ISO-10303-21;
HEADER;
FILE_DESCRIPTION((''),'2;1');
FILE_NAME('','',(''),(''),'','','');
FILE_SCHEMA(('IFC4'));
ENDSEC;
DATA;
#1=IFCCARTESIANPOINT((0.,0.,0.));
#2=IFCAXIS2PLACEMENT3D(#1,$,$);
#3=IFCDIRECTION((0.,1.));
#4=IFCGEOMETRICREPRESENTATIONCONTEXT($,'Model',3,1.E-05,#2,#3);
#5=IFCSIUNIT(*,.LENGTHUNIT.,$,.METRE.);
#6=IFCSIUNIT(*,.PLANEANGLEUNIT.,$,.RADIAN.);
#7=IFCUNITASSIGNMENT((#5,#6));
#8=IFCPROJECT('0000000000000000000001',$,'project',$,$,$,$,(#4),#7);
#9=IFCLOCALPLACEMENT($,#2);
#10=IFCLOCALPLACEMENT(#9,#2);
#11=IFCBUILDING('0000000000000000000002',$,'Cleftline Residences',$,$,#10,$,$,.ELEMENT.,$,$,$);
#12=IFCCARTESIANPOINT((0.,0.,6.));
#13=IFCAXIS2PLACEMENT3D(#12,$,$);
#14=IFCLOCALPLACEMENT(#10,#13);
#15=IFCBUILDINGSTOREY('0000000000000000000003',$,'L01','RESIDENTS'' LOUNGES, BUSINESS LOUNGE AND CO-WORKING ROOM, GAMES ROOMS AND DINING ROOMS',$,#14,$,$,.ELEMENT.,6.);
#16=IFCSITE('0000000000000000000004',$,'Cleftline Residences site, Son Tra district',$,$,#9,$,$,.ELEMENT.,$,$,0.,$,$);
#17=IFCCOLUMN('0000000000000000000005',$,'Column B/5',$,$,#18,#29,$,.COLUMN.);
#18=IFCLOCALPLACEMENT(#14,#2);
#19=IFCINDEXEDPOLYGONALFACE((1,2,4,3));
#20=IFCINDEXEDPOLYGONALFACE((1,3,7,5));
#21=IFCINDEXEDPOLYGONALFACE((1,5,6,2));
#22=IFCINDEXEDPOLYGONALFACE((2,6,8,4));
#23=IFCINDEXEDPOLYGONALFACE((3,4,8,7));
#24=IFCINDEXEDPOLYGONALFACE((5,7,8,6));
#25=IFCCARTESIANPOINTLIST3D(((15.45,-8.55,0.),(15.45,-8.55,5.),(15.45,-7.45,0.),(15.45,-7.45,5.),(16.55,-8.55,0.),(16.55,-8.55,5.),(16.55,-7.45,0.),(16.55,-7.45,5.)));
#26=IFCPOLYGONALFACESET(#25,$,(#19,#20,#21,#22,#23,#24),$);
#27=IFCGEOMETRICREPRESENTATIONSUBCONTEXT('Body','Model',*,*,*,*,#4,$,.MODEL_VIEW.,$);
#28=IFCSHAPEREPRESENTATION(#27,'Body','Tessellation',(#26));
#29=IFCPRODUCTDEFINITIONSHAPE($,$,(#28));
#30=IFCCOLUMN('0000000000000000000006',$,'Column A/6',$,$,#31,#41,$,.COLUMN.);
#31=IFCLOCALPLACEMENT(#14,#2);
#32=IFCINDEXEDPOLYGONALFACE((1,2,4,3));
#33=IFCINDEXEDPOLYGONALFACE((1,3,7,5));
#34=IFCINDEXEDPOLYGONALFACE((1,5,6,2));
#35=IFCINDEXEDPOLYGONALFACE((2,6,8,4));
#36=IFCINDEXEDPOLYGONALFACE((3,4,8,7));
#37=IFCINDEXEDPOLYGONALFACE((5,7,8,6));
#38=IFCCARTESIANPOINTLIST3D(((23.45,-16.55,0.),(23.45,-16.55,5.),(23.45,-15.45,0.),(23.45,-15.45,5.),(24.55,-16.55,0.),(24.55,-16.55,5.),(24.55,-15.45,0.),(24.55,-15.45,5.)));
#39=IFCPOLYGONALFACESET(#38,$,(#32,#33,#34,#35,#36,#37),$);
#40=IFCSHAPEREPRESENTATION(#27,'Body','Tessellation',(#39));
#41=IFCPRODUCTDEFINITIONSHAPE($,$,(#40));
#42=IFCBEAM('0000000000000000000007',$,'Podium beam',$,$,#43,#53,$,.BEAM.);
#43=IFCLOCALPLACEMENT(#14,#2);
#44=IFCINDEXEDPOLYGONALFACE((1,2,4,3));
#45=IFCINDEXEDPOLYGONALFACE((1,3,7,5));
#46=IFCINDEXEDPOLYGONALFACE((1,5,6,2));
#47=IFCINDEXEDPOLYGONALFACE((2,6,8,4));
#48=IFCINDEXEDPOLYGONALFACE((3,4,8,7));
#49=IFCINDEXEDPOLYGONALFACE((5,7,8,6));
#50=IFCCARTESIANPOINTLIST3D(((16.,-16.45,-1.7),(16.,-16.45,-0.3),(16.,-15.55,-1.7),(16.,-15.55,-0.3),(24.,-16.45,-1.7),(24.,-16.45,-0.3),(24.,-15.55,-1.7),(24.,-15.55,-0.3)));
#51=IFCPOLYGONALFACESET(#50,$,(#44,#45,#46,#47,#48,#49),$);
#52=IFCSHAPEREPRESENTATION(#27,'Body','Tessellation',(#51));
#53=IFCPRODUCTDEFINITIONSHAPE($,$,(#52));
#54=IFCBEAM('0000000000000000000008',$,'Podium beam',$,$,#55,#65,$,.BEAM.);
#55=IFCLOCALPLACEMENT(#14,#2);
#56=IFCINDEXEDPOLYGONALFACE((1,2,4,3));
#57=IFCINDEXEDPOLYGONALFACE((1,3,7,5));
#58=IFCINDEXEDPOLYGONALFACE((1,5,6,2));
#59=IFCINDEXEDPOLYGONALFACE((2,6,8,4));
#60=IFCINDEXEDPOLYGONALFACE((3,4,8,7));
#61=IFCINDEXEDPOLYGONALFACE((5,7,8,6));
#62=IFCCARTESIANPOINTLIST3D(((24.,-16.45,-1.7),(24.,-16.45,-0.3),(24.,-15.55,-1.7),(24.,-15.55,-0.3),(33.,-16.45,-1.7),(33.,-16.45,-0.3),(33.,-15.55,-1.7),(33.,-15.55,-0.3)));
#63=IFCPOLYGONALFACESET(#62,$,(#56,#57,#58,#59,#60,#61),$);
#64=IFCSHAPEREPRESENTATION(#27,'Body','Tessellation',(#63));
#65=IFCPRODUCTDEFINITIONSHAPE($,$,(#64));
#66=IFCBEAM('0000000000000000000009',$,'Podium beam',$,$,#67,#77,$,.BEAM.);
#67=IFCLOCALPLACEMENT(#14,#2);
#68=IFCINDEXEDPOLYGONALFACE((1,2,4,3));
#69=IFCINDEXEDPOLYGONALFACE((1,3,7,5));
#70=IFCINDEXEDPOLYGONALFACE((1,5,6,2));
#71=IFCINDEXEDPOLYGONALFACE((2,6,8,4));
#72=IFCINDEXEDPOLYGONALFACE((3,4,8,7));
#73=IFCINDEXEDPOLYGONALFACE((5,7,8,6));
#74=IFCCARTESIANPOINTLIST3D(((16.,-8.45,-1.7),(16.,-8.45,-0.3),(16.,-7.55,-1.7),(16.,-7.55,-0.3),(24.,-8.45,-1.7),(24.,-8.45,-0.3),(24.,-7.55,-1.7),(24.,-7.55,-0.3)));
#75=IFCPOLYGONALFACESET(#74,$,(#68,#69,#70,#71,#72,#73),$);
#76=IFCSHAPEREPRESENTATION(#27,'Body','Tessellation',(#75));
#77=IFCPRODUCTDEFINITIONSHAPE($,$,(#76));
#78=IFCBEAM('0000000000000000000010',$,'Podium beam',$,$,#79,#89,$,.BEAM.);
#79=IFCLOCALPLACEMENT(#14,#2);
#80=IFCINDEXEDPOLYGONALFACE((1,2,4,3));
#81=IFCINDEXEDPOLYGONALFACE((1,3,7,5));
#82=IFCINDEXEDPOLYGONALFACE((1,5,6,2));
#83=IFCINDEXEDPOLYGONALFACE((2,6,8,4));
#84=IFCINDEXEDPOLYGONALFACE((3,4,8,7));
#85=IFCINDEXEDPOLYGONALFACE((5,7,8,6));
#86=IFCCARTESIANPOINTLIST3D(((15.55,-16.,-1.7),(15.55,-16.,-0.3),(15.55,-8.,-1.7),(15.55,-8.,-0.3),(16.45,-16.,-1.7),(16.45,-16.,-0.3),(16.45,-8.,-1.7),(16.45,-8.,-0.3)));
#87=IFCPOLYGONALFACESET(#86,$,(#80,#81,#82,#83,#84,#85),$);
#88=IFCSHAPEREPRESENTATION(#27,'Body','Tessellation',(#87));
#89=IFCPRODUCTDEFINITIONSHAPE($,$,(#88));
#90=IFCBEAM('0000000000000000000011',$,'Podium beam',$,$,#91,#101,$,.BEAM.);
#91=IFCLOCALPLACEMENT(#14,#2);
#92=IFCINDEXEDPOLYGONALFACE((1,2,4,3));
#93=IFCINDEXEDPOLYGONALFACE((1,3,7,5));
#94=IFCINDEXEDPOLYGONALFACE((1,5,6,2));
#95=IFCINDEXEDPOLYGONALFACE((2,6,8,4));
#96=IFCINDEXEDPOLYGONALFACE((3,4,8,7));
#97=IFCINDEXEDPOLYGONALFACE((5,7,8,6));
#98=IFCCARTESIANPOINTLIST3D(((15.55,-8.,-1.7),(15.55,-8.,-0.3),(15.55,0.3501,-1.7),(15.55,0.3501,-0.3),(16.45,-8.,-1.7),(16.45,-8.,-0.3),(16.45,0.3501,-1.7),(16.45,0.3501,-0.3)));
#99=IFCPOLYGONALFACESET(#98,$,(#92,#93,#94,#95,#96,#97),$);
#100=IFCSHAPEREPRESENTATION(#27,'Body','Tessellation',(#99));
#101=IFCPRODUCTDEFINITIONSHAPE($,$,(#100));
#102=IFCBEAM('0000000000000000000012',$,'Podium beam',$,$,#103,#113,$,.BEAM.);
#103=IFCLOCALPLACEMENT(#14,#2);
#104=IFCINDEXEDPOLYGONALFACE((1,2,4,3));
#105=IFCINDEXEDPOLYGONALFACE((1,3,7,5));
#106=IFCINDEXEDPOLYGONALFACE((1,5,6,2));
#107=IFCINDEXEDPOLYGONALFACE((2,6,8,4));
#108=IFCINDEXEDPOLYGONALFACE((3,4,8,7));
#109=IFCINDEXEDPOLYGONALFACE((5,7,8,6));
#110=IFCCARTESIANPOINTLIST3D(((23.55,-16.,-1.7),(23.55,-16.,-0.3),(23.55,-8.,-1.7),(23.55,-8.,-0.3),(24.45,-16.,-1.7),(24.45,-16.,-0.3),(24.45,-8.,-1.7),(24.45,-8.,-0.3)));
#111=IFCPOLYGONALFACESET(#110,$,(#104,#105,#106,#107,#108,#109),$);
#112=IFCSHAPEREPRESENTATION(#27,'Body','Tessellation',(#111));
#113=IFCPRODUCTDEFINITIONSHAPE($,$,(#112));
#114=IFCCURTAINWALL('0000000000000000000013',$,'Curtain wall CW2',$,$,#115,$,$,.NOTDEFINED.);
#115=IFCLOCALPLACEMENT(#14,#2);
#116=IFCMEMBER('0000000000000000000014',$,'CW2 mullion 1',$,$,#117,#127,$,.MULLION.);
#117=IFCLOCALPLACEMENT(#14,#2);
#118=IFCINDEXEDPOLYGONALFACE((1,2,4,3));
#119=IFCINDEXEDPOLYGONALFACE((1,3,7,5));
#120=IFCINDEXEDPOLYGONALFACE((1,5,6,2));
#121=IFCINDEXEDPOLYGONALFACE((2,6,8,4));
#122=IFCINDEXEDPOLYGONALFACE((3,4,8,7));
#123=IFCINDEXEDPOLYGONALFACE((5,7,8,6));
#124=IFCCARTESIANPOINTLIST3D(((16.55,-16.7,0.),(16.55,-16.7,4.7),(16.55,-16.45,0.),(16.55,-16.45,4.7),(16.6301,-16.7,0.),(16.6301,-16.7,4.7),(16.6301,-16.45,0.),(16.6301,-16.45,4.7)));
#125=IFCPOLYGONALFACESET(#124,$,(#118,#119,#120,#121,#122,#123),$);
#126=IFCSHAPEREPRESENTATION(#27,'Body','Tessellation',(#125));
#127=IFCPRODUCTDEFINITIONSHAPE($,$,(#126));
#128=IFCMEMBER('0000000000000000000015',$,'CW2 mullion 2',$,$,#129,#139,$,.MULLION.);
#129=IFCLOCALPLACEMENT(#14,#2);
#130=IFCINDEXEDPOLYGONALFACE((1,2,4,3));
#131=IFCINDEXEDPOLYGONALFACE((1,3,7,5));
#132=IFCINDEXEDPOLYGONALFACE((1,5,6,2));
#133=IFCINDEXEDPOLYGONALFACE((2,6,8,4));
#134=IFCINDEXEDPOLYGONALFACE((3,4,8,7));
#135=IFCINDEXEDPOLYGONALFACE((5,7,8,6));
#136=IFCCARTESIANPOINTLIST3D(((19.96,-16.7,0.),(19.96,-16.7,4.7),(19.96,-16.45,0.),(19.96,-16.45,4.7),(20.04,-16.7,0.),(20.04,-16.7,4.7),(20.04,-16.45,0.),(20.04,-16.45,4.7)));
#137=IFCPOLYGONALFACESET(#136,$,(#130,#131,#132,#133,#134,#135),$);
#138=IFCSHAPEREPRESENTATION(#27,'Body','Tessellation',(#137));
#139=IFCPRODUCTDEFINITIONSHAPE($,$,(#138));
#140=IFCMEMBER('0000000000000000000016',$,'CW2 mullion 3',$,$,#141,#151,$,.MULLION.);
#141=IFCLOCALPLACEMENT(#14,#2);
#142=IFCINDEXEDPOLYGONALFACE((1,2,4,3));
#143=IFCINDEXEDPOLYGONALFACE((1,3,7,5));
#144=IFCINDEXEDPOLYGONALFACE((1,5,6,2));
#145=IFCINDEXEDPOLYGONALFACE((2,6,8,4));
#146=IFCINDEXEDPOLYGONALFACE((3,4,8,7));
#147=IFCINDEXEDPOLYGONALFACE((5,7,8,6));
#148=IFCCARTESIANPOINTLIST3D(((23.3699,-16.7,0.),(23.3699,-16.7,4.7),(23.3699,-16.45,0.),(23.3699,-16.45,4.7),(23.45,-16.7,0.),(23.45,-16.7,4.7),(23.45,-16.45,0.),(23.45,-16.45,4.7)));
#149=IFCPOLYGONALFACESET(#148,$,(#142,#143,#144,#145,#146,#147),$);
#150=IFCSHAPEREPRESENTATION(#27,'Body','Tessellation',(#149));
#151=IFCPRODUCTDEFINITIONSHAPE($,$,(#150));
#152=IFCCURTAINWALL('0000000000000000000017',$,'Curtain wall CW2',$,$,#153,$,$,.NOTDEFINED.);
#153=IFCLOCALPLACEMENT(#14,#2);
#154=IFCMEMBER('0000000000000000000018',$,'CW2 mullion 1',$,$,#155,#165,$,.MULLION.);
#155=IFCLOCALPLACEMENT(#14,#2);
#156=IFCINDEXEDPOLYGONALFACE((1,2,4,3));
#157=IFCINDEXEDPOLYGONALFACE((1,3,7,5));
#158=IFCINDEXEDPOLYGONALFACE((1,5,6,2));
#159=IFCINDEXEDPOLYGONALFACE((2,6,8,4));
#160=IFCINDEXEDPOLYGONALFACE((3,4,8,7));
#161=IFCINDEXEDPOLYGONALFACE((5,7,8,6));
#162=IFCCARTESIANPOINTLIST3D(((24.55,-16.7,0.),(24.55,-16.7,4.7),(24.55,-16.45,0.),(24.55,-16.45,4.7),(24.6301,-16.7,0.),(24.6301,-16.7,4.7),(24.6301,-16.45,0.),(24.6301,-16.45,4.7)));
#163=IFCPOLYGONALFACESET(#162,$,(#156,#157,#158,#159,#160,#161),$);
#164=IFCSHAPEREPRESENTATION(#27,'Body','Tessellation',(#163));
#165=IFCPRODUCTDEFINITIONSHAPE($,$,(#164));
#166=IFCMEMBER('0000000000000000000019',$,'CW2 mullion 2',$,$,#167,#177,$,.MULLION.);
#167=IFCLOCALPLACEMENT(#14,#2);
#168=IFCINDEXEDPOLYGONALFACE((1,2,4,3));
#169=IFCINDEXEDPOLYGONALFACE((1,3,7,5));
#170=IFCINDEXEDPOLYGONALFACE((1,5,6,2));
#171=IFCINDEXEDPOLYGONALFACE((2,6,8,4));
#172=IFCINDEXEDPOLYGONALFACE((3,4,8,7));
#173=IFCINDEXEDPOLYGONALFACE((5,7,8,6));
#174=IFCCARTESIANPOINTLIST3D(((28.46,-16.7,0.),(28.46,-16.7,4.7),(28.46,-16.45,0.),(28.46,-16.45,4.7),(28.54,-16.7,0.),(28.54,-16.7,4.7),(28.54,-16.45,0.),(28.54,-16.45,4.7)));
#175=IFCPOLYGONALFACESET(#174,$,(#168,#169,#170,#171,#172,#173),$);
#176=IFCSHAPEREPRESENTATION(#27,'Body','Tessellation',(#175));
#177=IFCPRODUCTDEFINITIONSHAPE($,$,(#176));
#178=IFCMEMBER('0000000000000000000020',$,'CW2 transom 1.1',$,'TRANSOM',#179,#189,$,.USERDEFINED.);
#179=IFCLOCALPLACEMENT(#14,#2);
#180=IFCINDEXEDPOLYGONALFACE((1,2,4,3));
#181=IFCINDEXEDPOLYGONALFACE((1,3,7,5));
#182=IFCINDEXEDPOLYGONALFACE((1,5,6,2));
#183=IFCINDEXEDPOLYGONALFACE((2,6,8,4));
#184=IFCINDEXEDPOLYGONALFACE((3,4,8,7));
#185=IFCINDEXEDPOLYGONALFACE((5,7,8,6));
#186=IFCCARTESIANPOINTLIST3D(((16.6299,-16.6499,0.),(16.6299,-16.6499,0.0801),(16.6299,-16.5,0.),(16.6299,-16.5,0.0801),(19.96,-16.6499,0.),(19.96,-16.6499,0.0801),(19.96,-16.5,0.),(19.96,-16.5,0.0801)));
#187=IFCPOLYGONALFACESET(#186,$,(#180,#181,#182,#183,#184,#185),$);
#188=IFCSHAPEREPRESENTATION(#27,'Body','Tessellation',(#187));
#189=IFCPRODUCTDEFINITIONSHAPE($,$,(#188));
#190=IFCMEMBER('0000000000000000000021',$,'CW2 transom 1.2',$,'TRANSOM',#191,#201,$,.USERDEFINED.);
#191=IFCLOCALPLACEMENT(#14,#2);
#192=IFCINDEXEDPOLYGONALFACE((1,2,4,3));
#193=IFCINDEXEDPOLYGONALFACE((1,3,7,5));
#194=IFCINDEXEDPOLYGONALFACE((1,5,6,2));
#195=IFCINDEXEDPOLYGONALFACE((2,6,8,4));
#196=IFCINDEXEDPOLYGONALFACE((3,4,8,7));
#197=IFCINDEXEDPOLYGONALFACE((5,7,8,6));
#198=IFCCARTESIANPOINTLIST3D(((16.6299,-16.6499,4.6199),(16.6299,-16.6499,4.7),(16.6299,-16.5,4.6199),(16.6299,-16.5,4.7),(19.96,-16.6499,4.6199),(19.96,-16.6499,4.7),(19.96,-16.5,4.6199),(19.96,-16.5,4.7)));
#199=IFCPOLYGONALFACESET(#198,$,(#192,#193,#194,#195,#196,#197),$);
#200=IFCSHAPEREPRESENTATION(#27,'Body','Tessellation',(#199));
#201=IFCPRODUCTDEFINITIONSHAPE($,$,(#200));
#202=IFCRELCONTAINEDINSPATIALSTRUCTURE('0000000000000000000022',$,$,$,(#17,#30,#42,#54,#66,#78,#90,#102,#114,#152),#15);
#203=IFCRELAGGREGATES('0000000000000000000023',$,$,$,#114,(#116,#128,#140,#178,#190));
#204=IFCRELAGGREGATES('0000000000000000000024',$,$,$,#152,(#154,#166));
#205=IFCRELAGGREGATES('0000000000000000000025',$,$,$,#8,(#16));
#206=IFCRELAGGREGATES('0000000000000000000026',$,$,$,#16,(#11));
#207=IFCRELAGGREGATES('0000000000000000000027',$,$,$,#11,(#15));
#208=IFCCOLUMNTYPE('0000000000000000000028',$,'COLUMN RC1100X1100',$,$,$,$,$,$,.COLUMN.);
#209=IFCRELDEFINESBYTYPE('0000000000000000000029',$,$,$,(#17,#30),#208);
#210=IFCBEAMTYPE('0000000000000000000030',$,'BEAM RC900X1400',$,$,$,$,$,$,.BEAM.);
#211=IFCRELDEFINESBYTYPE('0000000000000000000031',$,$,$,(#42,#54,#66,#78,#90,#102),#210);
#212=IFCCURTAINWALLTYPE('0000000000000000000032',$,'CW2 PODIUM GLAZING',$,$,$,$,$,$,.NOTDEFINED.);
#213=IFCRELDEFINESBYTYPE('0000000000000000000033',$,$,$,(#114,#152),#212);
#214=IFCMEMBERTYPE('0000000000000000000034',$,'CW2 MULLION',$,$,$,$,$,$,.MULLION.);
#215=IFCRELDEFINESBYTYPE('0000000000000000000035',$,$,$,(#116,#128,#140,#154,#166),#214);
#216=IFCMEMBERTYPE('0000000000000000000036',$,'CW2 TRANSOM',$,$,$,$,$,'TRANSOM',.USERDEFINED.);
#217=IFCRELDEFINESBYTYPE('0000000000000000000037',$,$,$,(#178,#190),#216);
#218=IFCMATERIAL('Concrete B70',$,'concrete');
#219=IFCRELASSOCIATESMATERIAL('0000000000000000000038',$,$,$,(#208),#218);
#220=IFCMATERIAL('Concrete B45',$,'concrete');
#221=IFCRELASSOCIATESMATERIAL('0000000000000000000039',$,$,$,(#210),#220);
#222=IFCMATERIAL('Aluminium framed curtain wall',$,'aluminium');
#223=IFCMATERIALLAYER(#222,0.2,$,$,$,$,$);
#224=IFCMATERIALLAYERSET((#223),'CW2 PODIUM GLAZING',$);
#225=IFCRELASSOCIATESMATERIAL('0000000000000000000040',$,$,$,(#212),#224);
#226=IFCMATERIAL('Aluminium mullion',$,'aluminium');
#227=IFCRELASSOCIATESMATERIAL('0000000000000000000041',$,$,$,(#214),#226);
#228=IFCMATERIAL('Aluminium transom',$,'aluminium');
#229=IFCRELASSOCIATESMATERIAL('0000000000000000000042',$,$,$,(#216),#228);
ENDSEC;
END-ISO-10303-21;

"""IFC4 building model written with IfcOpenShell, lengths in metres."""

from ifc_helpers import new_model, si_unit, direction, frame, origin, origin_2d, place, context, subcontext, project, spatial, rectangle, extrude, material, layer, layer_set, material_profile, profile_set, type_object, element, aggregate, save


model = new_model("IFC4")

# Units and contexts
model_context = context("Model", 3, precision=1e-05, world=origin(), true_north=direction((0.0, 1.0)))
body_context = subcontext(model_context, "Body", "Model", "MODEL_VIEW")
ifc_project = project(units=[si_unit("LENGTHUNIT", "METRE"), si_unit("PLANEANGLEUNIT", "RADIAN")], contexts=[model_context])

# Site, building, storey
site_placement = place(None, origin())
site = spatial("IfcSite", under=ifc_project, at=site_placement, Name="Cleftline Residences site, Son Tra district", CompositionType="ELEMENT", RefElevation=0.0)
building_placement = place(site_placement, origin())
building = spatial("IfcBuilding", under=site, at=building_placement, Name="Cleftline Residences", CompositionType="ELEMENT")
storey_placement = place(building_placement, frame((0.0, 0.0, 6.0)))
storey = spatial("IfcBuildingStorey", under=building, at=storey_placement, Name="L01", Description="RESIDENTS' LOUNGES, BUSINESS LOUNGE AND CO-WORKING ROOM, GAMES ROOMS AND DINING ROOMS", CompositionType="ELEMENT", Elevation=6.0)

# Columns
ifc_material_1 = material(Name="Concrete B70", Category="concrete")
ifc_material_profile_1 = material_profile(ifc_material_1, rectangle(XDim=1.1001, YDim=1.1001, at=origin_2d()))
ifc_profile_set_1 = profile_set([ifc_material_profile_1], Name="Concrete B70")
column_type = type_object("IfcColumnType", Name="COLUMN RC1100X1100", PredefinedType="COLUMN", material=ifc_profile_set_1)
for number, where, z_axis, x_axis, name in (
    (1, (16.0, -8.0, 0.0), (0.0, 0.0, 1.0), (1.0, 0.0, 0.0), "Column B/5"),
    (2, (24.0, -16.0, 0.0), (0.0, 0.0, 1.0), (1.0, 0.0, 0.0), "Column A/6"),
):
    element("IfcColumn", number, at=place(storey_placement, frame(where, z_axis=z_axis, x_axis=x_axis)), inside=storey, type_object=column_type, Name=name, PredefinedType="COLUMN", context=body_context, shape_type="SweptSolid", body=[
        extrude(rectangle(XDim=1.1001, YDim=1.1001, at=origin_2d()), origin(), (0.0, 0.0, 1.0), 5.0),
    ])

# Beams
ifc_material_2 = material(Name="Concrete B45", Category="concrete")
ifc_material_profile_2 = material_profile(ifc_material_2, rectangle(XDim=0.8999, YDim=1.3999, at=origin_2d()))
ifc_profile_set_2 = profile_set([ifc_material_profile_2], Name="Concrete B45")
beam_type = type_object("IfcBeamType", Name="BEAM RC900X1400", PredefinedType="BEAM", material=ifc_profile_set_2)
beam_1_placement = place(storey_placement, frame((16.0, -16.0, -1.0), z_axis=(1.0, 0.0, 0.0), x_axis=(0.0, 1.0, 0.0)))
element("IfcBeam", 3, at=beam_1_placement, inside=storey, type_object=beam_type, Name="Podium beam", PredefinedType="BEAM", context=body_context, shape_type="SweptSolid", body=[
    extrude(rectangle(XDim=0.8999, YDim=1.3999, at=origin_2d()), origin(), (0.0, 0.0, 1.0), 8.0),
])
beam_2_placement = place(storey_placement, frame((24.0, -16.0, -1.0), z_axis=(1.0, 0.0, 0.0), x_axis=(0.0, 1.0, 0.0)))
element("IfcBeam", 4, at=beam_2_placement, inside=storey, type_object=beam_type, Name="Podium beam", PredefinedType="BEAM", context=body_context, shape_type="SweptSolid", body=[
    extrude(rectangle(XDim=0.8999, YDim=1.3999, at=origin_2d()), origin(), (0.0, 0.0, 1.0), 9.0),
])
for number, where, z_axis, x_axis, name in (
    (5, (16.0, -8.0, -1.0), (1.0, 0.0, 0.0), (0.0, 1.0, 0.0), "Podium beam"),
    (6, (16.0, -16.0, -1.0), (0.0, 1.0, 0.0), (-1.0, 0.0, 0.0), "Podium beam"),
):
    element("IfcBeam", number, at=place(storey_placement, frame(where, z_axis=z_axis, x_axis=x_axis)), inside=storey, type_object=beam_type, Name=name, PredefinedType="BEAM", context=body_context, shape_type="SweptSolid", body=[
        extrude(rectangle(XDim=0.8999, YDim=1.3999, at=origin_2d()), origin(), (0.0, 0.0, 1.0), 8.0),
    ])
beam_3_placement = place(storey_placement, frame((16.0, -8.0, -1.0), z_axis=(0.0, 1.0, 0.0), x_axis=(-1.0, 0.0, 0.0)))
element("IfcBeam", 7, at=beam_3_placement, inside=storey, type_object=beam_type, Name="Podium beam", PredefinedType="BEAM", context=body_context, shape_type="SweptSolid", body=[
    extrude(rectangle(XDim=0.8999, YDim=1.3999, at=origin_2d()), origin(), (0.0, 0.0, 1.0), 8.3501),
])
beam_4_placement = place(storey_placement, frame((24.0, -16.0, -1.0), z_axis=(0.0, 1.0, 0.0), x_axis=(-1.0, 0.0, 0.0)))
element("IfcBeam", 8, at=beam_4_placement, inside=storey, type_object=beam_type, Name="Podium beam", PredefinedType="BEAM", context=body_context, shape_type="SweptSolid", body=[
    extrude(rectangle(XDim=0.8999, YDim=1.3999, at=origin_2d()), origin(), (0.0, 0.0, 1.0), 8.0),
])

# Curtain walls, members
ifc_material_3 = material(Name="Aluminium framed curtain wall", Category="aluminium")
ifc_layer_1 = layer(ifc_material_3, 0.2)
ifc_layer_set_1 = layer_set([ifc_layer_1], Name="CW2 PODIUM GLAZING")
curtain_wall_type = type_object("IfcCurtainWallType", Name="CW2 PODIUM GLAZING", PredefinedType="NOTDEFINED", material=ifc_layer_set_1)
curtain_wall_1_placement = place(storey_placement, origin())
curtain_wall_1 = element("IfcCurtainWall", 9, at=curtain_wall_1_placement, inside=storey, type_object=curtain_wall_type, Name="Curtain wall CW2", PredefinedType="NOTDEFINED")
ifc_material_4 = material(Name="Aluminium mullion", Category="aluminium")
ifc_material_profile_3 = material_profile(ifc_material_4, rectangle(XDim=0.25, YDim=0.0801, at=origin_2d()))
ifc_profile_set_3 = profile_set([ifc_material_profile_3], Name="Aluminium mullion")
member_type_1 = type_object("IfcMemberType", Name="CW2 MULLION", PredefinedType="MULLION", material=ifc_profile_set_3)
member_1_placement = place(storey_placement, frame((16.5901, -16.575, 0.0), z_axis=(0.0, 0.0, 1.0), x_axis=(0.0, 1.0, 0.0)))
member_1 = element("IfcMember", 10, at=member_1_placement, type_object=member_type_1, Name="CW2 mullion 1", PredefinedType="MULLION", context=body_context, shape_type="SweptSolid", body=[
    extrude(rectangle(XDim=0.25, YDim=0.0801, at=origin_2d()), origin(), (0.0, 0.0, 1.0), 4.7),
])
member_2_placement = place(storey_placement, frame((20.0, -16.575, 0.0), z_axis=(0.0, 0.0, 1.0), x_axis=(0.0, 1.0, 0.0)))
member_2 = element("IfcMember", 11, at=member_2_placement, type_object=member_type_1, Name="CW2 mullion 2", PredefinedType="MULLION", context=body_context, shape_type="SweptSolid", body=[
    extrude(rectangle(XDim=0.25, YDim=0.0801, at=origin_2d()), origin(), (0.0, 0.0, 1.0), 4.7),
])
member_3_placement = place(storey_placement, frame((23.4099, -16.575, 0.0), z_axis=(0.0, 0.0, 1.0), x_axis=(0.0, 1.0, 0.0)))
member_3 = element("IfcMember", 12, at=member_3_placement, type_object=member_type_1, Name="CW2 mullion 3", PredefinedType="MULLION", context=body_context, shape_type="SweptSolid", body=[
    extrude(rectangle(XDim=0.25, YDim=0.0801, at=origin_2d()), origin(), (0.0, 0.0, 1.0), 4.7),
])
curtain_wall_2_placement = place(storey_placement, origin())
curtain_wall_2 = element("IfcCurtainWall", 13, at=curtain_wall_2_placement, inside=storey, type_object=curtain_wall_type, Name="Curtain wall CW2", PredefinedType="NOTDEFINED")
member_4_placement = place(storey_placement, frame((24.5901, -16.575, 0.0), z_axis=(0.0, 0.0, 1.0), x_axis=(0.0, 1.0, 0.0)))
member_4 = element("IfcMember", 14, at=member_4_placement, type_object=member_type_1, Name="CW2 mullion 1", PredefinedType="MULLION", context=body_context, shape_type="SweptSolid", body=[
    extrude(rectangle(XDim=0.25, YDim=0.0801, at=origin_2d()), origin(), (0.0, 0.0, 1.0), 4.7),
])
member_5_placement = place(storey_placement, frame((28.5, -16.575, 0.0), z_axis=(0.0, 0.0, 1.0), x_axis=(0.0, 1.0, 0.0)))
member_5 = element("IfcMember", 15, at=member_5_placement, type_object=member_type_1, Name="CW2 mullion 2", PredefinedType="MULLION", context=body_context, shape_type="SweptSolid", body=[
    extrude(rectangle(XDim=0.25, YDim=0.0801, at=origin_2d()), origin(), (0.0, 0.0, 1.0), 4.7),
])

# Members
ifc_material_5 = material(Name="Aluminium transom", Category="aluminium")
ifc_material_profile_4 = material_profile(ifc_material_5, rectangle(XDim=0.1499, YDim=0.0801, at=origin_2d()))
ifc_profile_set_4 = profile_set([ifc_material_profile_4], Name="Aluminium transom")
member_type_2 = type_object("IfcMemberType", Name="CW2 TRANSOM", ElementType="TRANSOM", PredefinedType="USERDEFINED", material=ifc_profile_set_4)
member_6_placement = place(storey_placement, frame((16.6299, -16.575, 0.04), z_axis=(1.0, 0.0, 0.0), x_axis=(0.0, 1.0, 0.0)))
member_6 = element("IfcMember", 16, at=member_6_placement, type_object=member_type_2, Name="CW2 transom 1.1", ObjectType="TRANSOM", PredefinedType="USERDEFINED", context=body_context, shape_type="SweptSolid", body=[
    extrude(rectangle(XDim=0.1499, YDim=0.0801, at=origin_2d()), origin(), (0.0, 0.0, 1.0), 3.3301),
])
member_7_placement = place(storey_placement, frame((16.6299, -16.575, 4.6599), z_axis=(1.0, 0.0, 0.0), x_axis=(0.0, 1.0, 0.0)))
member_7 = element("IfcMember", 17, at=member_7_placement, type_object=member_type_2, Name="CW2 transom 1.2", ObjectType="TRANSOM", PredefinedType="USERDEFINED", context=body_context, shape_type="SweptSolid", body=[
    extrude(rectangle(XDim=0.1499, YDim=0.0801, at=origin_2d()), origin(), (0.0, 0.0, 1.0), 3.3301),
])

aggregate(curtain_wall_1, [member_1, member_2, member_3, member_6, member_7])
aggregate(curtain_wall_2, [member_4, member_5])

save(model, "model.ifc")
